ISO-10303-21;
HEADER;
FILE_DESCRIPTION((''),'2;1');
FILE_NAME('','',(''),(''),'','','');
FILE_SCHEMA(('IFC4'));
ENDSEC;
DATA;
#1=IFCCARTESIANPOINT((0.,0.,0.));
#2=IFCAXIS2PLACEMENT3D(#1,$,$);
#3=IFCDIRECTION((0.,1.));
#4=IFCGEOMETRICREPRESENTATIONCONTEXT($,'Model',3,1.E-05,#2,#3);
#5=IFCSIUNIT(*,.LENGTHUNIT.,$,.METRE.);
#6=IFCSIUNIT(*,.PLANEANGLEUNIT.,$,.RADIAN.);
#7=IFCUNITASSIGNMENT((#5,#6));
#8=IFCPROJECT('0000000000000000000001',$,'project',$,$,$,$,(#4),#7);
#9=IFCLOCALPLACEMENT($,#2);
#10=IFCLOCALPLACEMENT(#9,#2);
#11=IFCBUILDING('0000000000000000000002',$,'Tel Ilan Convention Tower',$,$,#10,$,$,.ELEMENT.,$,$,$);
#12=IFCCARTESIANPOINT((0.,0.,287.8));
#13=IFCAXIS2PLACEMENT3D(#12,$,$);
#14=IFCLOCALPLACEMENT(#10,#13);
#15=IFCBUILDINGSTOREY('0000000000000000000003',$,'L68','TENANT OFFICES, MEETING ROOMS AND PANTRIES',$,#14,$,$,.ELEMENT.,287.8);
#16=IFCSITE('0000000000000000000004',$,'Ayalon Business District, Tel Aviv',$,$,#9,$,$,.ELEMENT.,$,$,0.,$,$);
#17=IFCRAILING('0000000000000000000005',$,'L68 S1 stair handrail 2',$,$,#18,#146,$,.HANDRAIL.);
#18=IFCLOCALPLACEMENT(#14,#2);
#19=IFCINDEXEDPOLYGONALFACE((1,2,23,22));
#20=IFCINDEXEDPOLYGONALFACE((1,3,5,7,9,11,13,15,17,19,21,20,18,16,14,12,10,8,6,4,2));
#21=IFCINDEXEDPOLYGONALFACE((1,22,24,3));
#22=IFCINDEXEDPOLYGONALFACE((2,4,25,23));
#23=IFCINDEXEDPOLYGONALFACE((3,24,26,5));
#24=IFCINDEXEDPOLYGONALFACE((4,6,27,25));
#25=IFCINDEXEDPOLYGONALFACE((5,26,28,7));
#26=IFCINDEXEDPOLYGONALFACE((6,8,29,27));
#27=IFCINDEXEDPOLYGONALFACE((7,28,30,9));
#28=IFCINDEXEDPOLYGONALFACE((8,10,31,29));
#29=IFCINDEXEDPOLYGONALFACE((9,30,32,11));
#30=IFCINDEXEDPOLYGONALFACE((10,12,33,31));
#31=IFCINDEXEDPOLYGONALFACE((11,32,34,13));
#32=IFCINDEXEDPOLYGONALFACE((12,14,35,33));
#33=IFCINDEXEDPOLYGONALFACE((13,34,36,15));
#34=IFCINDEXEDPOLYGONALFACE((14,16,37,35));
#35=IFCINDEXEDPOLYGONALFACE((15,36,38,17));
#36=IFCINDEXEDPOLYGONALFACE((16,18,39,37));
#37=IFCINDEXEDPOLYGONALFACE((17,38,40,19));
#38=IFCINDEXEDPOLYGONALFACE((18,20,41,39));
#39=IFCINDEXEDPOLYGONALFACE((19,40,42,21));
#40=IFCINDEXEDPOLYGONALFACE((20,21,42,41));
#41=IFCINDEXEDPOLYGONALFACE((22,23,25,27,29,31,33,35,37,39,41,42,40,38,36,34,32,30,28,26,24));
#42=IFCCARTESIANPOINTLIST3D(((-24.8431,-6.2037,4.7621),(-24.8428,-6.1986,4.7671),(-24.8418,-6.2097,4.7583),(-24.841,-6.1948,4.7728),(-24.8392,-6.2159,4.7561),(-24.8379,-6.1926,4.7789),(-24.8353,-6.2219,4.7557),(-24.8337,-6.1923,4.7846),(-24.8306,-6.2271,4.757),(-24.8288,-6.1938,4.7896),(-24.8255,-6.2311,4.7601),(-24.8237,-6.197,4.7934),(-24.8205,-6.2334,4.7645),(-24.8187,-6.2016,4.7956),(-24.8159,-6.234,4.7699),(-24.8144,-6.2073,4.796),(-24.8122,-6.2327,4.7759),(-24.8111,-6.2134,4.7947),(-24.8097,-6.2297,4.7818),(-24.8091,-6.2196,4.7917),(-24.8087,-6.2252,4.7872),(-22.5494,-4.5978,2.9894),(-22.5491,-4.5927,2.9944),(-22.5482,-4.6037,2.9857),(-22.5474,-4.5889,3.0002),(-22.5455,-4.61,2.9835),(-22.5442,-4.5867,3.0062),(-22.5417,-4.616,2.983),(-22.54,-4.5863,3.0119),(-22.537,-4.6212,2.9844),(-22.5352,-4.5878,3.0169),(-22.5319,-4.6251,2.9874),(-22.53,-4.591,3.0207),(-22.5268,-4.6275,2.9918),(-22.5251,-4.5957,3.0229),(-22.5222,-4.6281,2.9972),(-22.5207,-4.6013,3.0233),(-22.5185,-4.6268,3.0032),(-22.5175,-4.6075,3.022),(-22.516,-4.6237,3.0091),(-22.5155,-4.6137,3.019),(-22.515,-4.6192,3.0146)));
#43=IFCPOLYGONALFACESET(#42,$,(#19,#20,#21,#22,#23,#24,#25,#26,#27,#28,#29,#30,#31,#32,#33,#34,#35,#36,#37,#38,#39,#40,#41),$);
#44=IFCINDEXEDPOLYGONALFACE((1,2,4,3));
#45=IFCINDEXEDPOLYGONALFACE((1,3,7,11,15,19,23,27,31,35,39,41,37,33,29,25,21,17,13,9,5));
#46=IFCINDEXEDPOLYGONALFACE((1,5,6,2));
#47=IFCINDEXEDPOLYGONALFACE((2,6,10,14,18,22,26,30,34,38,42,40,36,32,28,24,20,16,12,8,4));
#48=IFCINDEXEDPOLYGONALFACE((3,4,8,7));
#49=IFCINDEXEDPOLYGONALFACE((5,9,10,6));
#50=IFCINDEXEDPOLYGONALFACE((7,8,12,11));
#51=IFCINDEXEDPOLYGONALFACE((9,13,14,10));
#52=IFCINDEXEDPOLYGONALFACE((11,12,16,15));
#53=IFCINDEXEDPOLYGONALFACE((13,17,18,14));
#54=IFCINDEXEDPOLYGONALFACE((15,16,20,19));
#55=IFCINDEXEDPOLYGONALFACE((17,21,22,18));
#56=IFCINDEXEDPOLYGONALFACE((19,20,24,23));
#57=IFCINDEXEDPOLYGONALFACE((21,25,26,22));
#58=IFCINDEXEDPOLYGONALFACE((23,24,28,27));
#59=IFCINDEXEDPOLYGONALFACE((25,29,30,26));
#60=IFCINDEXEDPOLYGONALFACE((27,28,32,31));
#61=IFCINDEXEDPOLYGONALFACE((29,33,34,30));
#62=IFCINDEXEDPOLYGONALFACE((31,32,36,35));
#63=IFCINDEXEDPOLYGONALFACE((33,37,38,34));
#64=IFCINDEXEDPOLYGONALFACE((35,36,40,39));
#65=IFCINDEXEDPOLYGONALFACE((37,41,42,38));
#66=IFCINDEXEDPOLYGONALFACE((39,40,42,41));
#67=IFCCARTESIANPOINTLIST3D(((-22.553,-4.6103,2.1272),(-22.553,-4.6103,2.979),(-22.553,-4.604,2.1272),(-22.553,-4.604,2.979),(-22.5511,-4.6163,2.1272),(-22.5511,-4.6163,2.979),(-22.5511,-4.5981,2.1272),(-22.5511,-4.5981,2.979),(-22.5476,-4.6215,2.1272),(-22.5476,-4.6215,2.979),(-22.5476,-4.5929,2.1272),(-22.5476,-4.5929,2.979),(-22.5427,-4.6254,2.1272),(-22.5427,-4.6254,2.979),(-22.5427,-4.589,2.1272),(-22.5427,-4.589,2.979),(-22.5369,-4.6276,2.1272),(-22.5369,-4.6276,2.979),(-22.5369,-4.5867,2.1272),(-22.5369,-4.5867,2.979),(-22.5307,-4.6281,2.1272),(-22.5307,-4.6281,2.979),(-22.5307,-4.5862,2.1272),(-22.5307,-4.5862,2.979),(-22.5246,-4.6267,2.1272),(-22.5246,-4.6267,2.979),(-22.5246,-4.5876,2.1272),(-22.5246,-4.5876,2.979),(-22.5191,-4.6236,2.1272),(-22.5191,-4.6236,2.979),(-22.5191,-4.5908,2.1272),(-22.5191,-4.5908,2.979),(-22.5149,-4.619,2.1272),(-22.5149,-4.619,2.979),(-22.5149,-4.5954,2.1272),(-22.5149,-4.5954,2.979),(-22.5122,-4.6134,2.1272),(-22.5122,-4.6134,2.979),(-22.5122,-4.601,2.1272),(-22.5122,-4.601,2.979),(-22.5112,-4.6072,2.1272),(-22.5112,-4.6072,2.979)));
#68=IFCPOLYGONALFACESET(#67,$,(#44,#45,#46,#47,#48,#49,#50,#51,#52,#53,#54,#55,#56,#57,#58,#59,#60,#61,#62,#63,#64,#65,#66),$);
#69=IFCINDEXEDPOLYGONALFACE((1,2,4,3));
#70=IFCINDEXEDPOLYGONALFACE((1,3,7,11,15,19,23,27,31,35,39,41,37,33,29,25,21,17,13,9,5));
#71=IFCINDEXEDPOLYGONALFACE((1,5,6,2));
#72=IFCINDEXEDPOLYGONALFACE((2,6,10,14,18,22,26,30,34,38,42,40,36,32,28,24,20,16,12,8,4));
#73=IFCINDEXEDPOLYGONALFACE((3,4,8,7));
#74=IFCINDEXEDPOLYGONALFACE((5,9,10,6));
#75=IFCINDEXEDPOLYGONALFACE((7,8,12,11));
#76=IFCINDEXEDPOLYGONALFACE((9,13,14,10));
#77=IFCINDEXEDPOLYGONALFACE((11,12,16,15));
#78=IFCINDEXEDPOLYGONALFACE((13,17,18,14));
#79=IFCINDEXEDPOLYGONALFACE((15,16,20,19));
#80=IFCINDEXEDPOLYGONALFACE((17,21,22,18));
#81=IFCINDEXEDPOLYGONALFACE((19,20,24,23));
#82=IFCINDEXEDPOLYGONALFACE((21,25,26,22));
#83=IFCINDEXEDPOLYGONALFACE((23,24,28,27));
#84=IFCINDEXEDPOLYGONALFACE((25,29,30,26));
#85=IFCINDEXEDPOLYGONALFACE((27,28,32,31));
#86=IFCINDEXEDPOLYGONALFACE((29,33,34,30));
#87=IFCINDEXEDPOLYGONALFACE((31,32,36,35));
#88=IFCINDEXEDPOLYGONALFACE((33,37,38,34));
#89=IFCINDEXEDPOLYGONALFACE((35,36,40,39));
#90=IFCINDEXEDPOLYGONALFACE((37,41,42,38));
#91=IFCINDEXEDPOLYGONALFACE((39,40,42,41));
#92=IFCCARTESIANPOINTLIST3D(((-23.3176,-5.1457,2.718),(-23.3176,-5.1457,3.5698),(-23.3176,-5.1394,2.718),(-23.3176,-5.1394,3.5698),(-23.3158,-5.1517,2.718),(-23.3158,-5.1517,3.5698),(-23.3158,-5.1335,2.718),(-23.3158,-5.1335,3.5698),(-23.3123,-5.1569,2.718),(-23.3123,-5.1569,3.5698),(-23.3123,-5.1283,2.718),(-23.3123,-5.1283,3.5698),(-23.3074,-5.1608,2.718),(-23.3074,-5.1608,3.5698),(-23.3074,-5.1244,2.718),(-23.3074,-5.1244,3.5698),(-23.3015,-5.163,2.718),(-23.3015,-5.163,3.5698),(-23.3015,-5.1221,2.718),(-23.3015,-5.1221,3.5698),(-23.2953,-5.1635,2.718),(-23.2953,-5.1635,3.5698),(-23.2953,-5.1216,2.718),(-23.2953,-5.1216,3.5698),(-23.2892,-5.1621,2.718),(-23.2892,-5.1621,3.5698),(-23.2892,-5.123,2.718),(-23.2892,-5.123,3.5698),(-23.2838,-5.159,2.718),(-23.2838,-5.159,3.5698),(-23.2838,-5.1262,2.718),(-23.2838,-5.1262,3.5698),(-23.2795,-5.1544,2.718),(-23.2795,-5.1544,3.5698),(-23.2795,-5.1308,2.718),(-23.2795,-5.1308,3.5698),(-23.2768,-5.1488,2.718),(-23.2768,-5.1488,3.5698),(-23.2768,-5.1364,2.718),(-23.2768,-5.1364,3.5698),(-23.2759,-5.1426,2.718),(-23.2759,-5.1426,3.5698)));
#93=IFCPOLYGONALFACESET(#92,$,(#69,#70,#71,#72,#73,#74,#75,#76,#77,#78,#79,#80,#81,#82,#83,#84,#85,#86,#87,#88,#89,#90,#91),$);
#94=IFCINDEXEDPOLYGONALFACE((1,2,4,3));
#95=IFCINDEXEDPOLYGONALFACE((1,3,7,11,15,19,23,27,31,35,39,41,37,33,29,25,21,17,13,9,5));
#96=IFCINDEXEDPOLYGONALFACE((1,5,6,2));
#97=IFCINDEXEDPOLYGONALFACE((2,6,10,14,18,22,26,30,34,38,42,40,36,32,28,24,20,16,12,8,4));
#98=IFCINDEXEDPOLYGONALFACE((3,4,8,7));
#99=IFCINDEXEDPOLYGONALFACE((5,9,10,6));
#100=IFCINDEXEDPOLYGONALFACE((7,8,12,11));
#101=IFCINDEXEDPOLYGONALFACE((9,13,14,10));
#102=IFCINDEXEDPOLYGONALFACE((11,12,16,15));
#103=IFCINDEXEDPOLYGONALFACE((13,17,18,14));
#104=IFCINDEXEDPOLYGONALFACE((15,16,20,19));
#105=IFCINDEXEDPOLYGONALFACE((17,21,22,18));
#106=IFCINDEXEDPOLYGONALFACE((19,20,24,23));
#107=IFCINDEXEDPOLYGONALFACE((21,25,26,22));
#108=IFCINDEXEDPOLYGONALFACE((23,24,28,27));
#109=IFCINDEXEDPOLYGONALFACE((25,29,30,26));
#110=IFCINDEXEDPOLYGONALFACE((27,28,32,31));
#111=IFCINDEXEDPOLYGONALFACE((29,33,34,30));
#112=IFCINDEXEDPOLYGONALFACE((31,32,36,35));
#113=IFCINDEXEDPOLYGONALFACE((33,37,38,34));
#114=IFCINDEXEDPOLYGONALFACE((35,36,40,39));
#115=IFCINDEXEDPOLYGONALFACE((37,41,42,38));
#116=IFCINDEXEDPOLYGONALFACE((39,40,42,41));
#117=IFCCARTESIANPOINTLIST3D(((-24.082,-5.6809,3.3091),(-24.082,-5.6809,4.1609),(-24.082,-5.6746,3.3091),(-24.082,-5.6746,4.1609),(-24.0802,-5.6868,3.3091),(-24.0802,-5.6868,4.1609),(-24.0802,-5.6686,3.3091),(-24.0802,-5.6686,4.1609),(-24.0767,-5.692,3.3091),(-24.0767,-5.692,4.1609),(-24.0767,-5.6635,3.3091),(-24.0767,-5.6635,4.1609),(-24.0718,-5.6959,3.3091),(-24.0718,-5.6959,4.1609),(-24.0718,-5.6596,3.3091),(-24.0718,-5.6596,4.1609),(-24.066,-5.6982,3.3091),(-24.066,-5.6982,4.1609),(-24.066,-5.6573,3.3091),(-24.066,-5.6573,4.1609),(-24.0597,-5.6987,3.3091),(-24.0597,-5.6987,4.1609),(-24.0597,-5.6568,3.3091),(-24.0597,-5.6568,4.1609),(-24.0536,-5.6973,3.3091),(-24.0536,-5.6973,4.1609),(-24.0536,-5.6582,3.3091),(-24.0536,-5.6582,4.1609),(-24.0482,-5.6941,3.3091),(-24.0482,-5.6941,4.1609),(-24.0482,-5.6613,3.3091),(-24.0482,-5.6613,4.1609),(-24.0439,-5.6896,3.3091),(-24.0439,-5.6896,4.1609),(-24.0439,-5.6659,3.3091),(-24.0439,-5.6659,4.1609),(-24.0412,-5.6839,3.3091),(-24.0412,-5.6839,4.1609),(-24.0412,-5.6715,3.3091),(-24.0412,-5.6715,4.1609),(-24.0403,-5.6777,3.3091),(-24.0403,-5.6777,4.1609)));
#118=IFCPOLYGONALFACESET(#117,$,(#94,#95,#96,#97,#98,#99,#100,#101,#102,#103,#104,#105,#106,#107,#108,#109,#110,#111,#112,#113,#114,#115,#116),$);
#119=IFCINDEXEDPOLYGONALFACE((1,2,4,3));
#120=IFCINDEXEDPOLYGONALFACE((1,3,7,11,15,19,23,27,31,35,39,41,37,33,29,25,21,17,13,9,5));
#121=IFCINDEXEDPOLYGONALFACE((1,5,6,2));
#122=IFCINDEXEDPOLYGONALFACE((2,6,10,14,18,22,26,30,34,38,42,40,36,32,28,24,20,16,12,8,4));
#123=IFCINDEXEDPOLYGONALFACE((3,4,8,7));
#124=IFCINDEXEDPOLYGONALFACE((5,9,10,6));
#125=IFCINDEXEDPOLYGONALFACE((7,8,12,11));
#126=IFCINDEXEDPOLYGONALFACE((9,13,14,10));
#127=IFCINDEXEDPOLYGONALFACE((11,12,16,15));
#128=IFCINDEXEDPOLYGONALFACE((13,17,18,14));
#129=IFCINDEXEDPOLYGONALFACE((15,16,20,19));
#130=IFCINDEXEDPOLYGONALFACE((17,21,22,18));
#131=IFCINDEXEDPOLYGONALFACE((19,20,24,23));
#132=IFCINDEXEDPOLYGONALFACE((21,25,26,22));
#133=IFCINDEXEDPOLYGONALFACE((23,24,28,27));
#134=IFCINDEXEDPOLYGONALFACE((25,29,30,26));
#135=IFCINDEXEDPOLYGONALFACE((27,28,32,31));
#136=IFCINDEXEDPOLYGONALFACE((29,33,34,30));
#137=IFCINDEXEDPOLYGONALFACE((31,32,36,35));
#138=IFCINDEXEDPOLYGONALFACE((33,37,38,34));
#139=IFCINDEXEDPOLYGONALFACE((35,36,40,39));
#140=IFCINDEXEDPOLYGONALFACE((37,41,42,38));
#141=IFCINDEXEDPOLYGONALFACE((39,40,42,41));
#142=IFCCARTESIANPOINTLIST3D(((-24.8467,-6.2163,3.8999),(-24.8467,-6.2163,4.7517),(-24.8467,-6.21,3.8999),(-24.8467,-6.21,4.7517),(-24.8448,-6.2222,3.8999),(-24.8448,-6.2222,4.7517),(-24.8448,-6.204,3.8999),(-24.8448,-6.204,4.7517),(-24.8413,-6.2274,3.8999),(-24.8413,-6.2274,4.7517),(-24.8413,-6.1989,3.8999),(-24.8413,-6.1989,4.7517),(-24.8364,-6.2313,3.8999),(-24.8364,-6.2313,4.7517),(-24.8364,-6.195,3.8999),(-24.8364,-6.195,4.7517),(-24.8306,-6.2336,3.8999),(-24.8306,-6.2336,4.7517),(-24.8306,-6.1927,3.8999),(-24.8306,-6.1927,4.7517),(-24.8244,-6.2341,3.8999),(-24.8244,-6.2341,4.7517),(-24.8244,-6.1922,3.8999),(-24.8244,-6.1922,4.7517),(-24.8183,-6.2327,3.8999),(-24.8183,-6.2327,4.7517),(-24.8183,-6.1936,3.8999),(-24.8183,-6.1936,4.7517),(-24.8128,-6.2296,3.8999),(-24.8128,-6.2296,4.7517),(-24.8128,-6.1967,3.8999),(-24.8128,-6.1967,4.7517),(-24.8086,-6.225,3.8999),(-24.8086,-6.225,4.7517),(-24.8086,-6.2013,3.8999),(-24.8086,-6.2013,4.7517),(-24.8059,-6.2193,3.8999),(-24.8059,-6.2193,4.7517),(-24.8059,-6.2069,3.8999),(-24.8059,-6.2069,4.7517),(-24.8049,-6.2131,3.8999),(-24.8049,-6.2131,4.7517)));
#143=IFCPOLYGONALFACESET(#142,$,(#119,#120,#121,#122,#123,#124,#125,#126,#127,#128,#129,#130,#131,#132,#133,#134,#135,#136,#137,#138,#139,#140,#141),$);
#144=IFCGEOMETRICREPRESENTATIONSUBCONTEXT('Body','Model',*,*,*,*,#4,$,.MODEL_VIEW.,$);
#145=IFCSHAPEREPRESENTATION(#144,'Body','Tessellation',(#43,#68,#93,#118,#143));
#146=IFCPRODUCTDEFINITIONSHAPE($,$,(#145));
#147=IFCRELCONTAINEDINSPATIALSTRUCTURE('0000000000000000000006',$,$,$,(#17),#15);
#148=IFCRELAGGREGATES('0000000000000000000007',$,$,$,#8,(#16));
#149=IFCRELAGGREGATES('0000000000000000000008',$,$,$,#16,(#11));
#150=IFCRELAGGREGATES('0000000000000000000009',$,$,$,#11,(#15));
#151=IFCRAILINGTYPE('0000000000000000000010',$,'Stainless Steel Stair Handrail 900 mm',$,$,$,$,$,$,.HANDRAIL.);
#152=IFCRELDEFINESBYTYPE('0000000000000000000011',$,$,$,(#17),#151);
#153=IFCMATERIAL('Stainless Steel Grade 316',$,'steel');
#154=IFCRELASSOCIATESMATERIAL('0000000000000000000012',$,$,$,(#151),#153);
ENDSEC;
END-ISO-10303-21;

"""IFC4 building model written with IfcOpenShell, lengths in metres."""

from ifc_helpers import new_model, si_unit, direction, frame, origin, origin_2d, place, context, subcontext, project, spatial, circle, extrude, material, type_object, element, save


model = new_model("IFC4")

# Units and contexts
model_context = context("Model", 3, precision=1e-05, world=origin(), true_north=direction((0.0, 1.0)))
body_context = subcontext(model_context, "Body", "Model", "MODEL_VIEW")
ifc_project = project(units=[si_unit("LENGTHUNIT", "METRE"), si_unit("PLANEANGLEUNIT", "RADIAN")], contexts=[model_context])

# Site, building, storey
site_placement = place(None, origin())
site = spatial("IfcSite", under=ifc_project, at=site_placement, Name="Ayalon Business District, Tel Aviv", CompositionType="ELEMENT", RefElevation=0.0)
building_placement = place(site_placement, origin())
building = spatial("IfcBuilding", under=site, at=building_placement, Name="Tel Ilan Convention Tower", CompositionType="ELEMENT")
storey_placement = place(building_placement, frame((0.0, 0.0, 287.8)))
storey = spatial("IfcBuildingStorey", under=building, at=storey_placement, Name="L68", Description="TENANT OFFICES, MEETING ROOMS AND PANTRIES", CompositionType="ELEMENT", Elevation=287.8)

# Railing
ifc_material_1 = material(Name="Stainless Steel Grade 316", Category="steel")
railing_type_1 = type_object("IfcRailingType", Name="Stainless Steel Stair Handrail 900 mm", PredefinedType="HANDRAIL", material=ifc_material_1)
for number, where, name in (
    (1, (-22.5322, -4.6072, 2.1272), "L68 S1 stair handrail 2"),
):
    element("IfcRailing", number, at=place(storey_placement, frame(where)), inside=storey, type_object=railing_type_1, Name=name, PredefinedType="HANDRAIL", context=body_context, shape_type="SweptSolid", body=[
        extrude(circle(Radius=0.0239, at=origin_2d()), frame((0.0, 0.0, 0.876), z_axis=(-0.692123, -0.484597, 0.534913), x_axis=(0.57355, -0.81917, 0.0)), (0.0, 0.0, 1.0), 3.314),
        extrude(circle(Radius=0.021, at=origin_2d()), origin(), (0.0, 0.0, 1.0), 0.8518),
        extrude(circle(Radius=0.021, at=origin_2d()), frame((-0.7646, -0.5354, 0.5908)), (0.0, 0.0, 1.0), 0.8518),
        extrude(circle(Radius=0.021, at=origin_2d()), frame((-1.5291, -1.0706, 1.1819)), (0.0, 0.0, 1.0), 0.8518),
        extrude(circle(Radius=0.021, at=origin_2d()), frame((-2.2937, -1.606, 1.7727)), (0.0, 0.0, 1.0), 0.8518),
    ])

save(model, "model.ifc")
